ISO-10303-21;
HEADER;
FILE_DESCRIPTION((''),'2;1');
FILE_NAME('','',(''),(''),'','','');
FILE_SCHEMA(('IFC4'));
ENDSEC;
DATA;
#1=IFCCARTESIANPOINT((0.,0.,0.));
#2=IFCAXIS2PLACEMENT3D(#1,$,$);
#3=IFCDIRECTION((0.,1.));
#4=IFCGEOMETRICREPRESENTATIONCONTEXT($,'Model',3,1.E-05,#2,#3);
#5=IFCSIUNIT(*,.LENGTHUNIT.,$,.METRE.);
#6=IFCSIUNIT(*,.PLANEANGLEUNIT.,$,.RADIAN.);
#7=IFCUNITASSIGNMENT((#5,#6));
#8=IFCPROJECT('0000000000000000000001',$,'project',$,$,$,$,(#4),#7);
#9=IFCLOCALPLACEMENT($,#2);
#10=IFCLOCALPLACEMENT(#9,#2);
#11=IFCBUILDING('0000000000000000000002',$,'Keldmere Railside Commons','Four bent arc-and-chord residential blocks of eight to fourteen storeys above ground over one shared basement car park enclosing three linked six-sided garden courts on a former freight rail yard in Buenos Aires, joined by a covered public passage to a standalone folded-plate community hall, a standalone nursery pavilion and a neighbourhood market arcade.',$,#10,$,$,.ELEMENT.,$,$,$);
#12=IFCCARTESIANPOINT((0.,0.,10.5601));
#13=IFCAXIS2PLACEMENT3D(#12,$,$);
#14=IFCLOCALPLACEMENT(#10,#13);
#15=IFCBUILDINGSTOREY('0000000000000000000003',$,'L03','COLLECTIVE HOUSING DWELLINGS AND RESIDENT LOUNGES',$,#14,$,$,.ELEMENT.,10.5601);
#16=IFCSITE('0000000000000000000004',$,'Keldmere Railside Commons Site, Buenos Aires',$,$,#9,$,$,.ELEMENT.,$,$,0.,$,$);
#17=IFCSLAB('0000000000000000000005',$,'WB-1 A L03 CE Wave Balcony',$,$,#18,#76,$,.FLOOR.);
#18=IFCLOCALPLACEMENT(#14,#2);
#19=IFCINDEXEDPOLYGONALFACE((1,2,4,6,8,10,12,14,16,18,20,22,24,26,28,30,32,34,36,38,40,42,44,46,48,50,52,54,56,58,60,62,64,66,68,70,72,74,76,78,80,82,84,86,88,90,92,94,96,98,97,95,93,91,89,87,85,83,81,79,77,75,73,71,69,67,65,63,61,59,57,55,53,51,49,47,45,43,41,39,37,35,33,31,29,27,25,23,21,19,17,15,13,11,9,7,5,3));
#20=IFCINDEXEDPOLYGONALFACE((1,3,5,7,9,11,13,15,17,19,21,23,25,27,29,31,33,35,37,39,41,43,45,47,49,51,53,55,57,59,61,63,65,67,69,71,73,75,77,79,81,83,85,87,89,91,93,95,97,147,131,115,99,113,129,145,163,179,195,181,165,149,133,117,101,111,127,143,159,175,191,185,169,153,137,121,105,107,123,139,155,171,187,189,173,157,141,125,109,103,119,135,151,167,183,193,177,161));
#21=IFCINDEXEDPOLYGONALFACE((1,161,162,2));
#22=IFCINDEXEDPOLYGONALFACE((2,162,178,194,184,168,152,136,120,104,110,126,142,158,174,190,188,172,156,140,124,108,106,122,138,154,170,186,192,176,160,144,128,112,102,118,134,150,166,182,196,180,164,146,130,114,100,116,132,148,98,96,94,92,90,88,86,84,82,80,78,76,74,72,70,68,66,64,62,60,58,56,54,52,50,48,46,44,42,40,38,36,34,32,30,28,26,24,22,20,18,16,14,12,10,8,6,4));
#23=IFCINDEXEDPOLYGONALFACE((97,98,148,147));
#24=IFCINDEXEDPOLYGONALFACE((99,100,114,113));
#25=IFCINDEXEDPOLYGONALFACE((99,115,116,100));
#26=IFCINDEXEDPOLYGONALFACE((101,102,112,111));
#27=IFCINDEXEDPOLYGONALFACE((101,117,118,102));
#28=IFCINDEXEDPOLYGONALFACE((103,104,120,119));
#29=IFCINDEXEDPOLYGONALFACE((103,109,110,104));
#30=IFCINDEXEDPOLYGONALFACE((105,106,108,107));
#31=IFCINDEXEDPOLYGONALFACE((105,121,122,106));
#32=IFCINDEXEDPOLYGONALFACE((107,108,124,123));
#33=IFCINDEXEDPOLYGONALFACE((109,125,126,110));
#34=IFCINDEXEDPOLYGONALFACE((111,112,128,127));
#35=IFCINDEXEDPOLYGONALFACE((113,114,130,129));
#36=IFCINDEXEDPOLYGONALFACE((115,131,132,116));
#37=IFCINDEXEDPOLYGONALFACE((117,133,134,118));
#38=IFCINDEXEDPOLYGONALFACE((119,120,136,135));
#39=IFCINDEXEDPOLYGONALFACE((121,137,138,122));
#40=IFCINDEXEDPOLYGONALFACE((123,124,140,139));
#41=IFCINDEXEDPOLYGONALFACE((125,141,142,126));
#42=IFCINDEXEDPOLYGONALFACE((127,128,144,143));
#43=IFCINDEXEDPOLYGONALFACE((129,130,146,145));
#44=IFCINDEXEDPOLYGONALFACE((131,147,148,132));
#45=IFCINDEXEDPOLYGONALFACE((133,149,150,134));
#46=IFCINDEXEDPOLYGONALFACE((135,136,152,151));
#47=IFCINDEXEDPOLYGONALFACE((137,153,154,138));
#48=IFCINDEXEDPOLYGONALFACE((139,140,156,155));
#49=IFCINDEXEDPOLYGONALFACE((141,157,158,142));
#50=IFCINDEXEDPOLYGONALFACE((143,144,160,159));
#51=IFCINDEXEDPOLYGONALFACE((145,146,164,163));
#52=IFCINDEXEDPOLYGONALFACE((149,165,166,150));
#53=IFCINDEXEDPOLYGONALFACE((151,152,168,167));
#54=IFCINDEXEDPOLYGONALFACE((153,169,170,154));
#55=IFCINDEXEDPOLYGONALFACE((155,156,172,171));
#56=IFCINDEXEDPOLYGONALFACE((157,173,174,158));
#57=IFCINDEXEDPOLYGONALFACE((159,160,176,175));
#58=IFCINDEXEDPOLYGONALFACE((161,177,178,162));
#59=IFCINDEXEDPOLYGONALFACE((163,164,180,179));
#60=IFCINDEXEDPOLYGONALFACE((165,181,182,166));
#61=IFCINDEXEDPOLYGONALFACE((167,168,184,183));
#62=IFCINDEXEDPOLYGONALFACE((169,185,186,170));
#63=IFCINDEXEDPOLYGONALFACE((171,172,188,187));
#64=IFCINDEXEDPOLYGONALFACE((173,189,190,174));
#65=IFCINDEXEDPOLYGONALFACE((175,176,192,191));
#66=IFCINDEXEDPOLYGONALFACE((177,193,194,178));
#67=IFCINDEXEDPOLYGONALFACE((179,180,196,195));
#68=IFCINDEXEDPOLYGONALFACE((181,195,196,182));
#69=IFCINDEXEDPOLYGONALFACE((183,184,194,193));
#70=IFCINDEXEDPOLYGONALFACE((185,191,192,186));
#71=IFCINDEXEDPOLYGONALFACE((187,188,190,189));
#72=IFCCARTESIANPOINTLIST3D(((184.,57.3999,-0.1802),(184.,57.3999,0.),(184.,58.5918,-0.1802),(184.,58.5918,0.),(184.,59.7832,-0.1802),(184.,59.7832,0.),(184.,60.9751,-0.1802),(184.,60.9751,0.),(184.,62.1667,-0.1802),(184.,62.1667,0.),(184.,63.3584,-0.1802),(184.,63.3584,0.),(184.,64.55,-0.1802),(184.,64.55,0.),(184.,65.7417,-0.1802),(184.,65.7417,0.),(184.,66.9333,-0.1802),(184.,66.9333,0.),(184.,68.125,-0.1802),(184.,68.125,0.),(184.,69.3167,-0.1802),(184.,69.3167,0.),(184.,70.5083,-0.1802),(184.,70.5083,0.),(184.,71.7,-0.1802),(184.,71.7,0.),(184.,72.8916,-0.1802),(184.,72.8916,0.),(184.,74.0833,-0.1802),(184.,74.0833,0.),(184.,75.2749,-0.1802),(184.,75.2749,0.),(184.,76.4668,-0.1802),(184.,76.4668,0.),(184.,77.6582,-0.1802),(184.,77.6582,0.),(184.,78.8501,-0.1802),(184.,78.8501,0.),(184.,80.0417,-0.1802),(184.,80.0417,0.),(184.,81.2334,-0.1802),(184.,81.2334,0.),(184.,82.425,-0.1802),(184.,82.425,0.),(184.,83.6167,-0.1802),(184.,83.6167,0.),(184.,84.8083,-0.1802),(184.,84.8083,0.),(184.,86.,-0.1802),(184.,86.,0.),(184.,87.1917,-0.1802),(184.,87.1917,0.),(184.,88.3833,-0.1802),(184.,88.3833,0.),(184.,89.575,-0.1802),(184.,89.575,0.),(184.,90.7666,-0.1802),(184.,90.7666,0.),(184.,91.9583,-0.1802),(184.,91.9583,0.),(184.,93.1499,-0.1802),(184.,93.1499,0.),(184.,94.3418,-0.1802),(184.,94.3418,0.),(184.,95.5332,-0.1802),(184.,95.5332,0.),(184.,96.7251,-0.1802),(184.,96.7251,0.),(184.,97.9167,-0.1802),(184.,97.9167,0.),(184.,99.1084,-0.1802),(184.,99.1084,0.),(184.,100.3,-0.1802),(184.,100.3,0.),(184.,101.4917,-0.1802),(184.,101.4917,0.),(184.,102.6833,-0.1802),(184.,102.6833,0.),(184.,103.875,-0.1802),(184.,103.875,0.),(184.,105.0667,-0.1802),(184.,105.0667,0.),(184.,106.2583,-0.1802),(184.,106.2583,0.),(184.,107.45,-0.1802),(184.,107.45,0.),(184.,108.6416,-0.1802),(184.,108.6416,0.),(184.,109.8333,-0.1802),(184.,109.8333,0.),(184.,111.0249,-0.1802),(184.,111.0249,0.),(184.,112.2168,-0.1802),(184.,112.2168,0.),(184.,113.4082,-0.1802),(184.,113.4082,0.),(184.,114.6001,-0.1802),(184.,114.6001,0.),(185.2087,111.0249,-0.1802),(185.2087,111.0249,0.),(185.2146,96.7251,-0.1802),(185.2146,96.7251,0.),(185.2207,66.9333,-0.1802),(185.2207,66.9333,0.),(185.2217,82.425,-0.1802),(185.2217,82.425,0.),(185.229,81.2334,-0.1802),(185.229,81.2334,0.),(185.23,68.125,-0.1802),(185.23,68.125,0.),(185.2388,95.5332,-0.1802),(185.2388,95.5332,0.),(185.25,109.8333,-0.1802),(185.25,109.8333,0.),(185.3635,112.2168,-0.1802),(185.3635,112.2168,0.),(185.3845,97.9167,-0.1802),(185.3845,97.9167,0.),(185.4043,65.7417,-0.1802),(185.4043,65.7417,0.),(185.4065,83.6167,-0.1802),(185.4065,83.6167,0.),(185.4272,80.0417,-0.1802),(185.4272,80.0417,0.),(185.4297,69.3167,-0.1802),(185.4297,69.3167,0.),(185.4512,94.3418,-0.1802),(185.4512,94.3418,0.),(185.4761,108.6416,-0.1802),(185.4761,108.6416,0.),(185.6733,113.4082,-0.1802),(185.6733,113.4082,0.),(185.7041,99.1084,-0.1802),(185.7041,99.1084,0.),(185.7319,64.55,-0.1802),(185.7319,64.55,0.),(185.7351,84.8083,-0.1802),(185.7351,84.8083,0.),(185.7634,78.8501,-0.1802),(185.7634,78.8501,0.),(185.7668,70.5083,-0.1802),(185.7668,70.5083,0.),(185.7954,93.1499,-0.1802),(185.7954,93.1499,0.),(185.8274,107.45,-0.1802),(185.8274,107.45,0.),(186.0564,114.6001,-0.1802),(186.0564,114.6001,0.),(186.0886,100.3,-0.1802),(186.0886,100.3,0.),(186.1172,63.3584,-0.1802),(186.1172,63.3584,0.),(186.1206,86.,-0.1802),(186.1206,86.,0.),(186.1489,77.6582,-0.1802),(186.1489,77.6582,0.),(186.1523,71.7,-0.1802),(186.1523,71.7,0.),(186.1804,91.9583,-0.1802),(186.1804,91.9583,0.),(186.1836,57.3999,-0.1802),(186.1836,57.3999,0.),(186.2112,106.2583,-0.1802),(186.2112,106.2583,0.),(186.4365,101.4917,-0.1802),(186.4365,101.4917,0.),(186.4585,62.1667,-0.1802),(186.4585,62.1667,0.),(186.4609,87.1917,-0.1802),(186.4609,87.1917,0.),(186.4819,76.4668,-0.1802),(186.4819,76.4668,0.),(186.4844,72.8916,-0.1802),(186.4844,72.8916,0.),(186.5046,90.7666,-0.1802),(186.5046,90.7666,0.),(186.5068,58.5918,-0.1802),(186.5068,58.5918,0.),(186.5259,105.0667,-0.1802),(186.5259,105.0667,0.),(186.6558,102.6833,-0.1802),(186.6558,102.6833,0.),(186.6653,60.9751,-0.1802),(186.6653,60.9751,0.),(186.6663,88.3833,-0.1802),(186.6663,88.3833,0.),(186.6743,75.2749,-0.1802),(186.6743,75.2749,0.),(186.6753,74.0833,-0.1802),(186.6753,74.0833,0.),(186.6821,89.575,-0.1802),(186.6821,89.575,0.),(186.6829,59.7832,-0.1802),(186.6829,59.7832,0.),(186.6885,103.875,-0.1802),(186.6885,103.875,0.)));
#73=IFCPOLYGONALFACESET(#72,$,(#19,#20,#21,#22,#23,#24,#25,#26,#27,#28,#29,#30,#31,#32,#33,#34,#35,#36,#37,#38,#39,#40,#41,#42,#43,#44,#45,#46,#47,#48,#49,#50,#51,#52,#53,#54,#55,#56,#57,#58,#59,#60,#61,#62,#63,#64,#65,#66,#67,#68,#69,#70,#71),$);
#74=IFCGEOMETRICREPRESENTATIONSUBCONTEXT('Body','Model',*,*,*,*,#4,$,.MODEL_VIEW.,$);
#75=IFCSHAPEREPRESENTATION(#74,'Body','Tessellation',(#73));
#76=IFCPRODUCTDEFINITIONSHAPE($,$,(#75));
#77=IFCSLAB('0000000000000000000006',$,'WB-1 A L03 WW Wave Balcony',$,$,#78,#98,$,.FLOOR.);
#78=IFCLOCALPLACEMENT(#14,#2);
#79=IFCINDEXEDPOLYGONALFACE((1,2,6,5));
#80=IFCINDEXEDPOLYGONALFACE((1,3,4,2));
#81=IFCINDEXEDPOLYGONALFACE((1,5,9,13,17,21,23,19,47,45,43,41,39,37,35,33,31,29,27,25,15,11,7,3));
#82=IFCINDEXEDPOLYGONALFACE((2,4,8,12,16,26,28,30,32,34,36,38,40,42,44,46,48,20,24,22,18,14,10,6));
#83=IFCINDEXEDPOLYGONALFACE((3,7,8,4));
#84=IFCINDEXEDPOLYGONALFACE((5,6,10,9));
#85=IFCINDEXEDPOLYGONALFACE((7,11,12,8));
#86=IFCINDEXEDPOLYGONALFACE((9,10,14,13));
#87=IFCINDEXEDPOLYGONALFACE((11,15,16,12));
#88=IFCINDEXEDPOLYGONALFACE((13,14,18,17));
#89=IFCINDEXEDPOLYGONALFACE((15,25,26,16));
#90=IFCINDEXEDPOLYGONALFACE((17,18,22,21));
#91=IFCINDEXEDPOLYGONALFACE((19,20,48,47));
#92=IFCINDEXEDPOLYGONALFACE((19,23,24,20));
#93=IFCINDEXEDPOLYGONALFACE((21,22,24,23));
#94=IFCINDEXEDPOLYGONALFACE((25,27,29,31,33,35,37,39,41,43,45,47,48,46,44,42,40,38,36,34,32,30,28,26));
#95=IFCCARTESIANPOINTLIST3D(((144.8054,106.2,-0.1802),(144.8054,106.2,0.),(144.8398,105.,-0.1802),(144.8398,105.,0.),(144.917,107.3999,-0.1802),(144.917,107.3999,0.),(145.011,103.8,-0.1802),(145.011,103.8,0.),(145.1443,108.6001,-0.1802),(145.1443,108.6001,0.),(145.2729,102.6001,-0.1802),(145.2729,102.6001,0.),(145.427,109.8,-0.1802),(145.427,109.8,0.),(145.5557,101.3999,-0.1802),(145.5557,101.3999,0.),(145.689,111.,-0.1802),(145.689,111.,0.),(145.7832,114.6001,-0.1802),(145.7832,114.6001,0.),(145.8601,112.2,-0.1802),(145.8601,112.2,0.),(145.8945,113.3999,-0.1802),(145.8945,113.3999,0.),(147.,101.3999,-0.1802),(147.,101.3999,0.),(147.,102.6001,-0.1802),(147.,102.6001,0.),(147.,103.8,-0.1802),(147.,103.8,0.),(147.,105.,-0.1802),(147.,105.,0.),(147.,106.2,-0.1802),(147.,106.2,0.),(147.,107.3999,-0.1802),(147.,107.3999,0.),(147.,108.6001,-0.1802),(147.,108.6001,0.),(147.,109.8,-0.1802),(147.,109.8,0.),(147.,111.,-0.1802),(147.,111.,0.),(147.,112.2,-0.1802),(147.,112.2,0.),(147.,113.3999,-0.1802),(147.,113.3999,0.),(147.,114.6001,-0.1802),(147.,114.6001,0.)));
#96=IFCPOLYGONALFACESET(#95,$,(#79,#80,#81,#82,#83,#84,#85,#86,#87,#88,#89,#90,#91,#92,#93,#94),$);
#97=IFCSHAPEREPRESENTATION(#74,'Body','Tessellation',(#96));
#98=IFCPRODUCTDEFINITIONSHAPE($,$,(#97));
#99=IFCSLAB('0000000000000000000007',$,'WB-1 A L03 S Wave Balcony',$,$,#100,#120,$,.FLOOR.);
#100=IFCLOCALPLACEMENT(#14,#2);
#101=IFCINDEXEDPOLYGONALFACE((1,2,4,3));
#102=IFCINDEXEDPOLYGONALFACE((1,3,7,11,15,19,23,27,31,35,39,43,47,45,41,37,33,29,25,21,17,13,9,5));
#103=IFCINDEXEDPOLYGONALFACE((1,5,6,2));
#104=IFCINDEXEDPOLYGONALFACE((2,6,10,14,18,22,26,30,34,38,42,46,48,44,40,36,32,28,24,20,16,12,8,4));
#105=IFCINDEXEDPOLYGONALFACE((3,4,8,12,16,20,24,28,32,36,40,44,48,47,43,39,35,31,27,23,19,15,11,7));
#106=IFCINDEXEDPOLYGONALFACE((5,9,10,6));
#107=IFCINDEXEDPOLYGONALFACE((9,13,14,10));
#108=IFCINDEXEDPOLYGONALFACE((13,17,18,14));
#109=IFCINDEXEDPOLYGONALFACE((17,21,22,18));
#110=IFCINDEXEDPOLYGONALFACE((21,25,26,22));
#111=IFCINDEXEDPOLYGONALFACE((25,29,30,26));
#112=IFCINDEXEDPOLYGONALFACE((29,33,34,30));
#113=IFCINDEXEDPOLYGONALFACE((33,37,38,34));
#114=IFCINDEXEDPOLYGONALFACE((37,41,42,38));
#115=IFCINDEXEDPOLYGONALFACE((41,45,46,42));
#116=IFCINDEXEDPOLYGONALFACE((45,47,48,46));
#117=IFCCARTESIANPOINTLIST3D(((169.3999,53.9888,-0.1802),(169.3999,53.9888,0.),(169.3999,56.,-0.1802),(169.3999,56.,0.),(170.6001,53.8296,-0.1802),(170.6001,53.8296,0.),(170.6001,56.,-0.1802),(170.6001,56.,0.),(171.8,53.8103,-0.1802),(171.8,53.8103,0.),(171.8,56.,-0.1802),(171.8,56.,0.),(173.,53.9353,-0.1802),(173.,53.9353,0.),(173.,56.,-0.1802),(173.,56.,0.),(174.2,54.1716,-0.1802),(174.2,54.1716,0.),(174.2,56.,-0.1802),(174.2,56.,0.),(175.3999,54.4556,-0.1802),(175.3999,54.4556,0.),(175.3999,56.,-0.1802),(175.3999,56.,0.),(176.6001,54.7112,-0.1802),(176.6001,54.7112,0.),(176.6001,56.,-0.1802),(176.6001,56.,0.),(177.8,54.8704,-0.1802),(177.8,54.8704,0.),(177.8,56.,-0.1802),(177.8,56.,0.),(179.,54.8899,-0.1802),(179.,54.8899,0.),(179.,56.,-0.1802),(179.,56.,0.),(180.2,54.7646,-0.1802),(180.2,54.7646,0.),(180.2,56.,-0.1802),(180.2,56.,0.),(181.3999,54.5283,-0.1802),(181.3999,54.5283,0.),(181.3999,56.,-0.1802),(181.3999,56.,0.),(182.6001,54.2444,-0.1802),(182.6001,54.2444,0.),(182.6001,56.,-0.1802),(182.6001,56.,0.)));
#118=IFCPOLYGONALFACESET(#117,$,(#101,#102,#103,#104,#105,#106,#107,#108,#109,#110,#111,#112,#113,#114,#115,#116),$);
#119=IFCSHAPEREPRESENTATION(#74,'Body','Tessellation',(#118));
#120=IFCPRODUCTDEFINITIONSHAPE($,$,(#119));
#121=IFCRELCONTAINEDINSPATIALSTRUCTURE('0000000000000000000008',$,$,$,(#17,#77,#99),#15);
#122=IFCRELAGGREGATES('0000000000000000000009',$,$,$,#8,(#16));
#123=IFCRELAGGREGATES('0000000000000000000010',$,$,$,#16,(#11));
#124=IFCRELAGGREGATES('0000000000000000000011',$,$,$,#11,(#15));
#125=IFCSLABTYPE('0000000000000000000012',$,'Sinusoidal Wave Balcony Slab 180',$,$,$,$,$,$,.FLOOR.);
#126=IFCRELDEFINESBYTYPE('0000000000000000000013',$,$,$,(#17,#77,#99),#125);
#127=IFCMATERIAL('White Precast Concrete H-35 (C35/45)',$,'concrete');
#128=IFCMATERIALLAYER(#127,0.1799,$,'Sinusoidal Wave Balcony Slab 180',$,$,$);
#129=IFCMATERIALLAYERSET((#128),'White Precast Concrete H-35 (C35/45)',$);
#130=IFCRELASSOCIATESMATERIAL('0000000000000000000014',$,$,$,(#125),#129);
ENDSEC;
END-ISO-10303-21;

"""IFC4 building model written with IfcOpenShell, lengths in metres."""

from ifc_helpers import new_model, si_unit, direction, frame, origin, place, context, subcontext, project, spatial, polyline, outline, extrude, material, layer, layer_set, type_object, element, save


model = new_model("IFC4")

# Units and contexts
model_context = context("Model", 3, precision=1e-05, world=origin(), true_north=direction((0.0, 1.0)))
body_context = subcontext(model_context, "Body", "Model", "MODEL_VIEW")
ifc_project = project(units=[si_unit("LENGTHUNIT", "METRE"), si_unit("PLANEANGLEUNIT", "RADIAN")], contexts=[model_context])

# Site, building, storey
site_placement = place(None, origin())
site = spatial("IfcSite", under=ifc_project, at=site_placement, Name="Keldmere Railside Commons Site, Buenos Aires", CompositionType="ELEMENT", RefElevation=0.0)
building_placement = place(site_placement, origin())
building = spatial("IfcBuilding", under=site, at=building_placement, Name="Keldmere Railside Commons", Description="Four bent arc-and-chord residential blocks of eight to fourteen storeys above ground over one shared basement car park enclosing three linked six-sided garden courts on a former freight rail yard in Buenos Aires, joined by a covered public passage to a standalone folded-plate community hall, a standalone nursery pavilion and a neighbourhood market arcade.", CompositionType="ELEMENT")
storey_placement = place(building_placement, frame((0.0, 0.0, 10.5601)))
storey = spatial("IfcBuildingStorey", under=building, at=storey_placement, Name="L03", Description="COLLECTIVE HOUSING DWELLINGS AND RESIDENT LOUNGES", CompositionType="ELEMENT", Elevation=10.5601)

# Slabs
ifc_material_1 = material(Name="White Precast Concrete H-35 (C35/45)", Category="concrete")
ifc_layer_1 = layer(ifc_material_1, 0.1799, Name="Sinusoidal Wave Balcony Slab 180")
ifc_layer_set_1 = layer_set([ifc_layer_1], Name="White Precast Concrete H-35 (C35/45)")
slab_type = type_object("IfcSlabType", Name="Sinusoidal Wave Balcony Slab 180", PredefinedType="FLOOR", material=ifc_layer_set_1)
slab_1_placement = place(storey_placement, frame((0.0, 0.0, -0.1802)))
element("IfcSlab", 1, at=slab_1_placement, inside=storey, type_object=slab_type, Name="WB-1 A L03 CE Wave Balcony", PredefinedType="FLOOR", context=body_context, shape_type="SweptSolid", body=[
    extrude(outline(polyline([(186.1836, 57.3999), (186.5068, 58.5918), (186.6829, 59.7832), (186.6653, 60.9751), (186.4585, 62.1667), (186.1172, 63.3584), (185.7319, 64.55), (185.4043, 65.7417), (185.2207, 66.9333), (185.23, 68.125), (185.4297, 69.3167), (185.7668, 70.5083), (186.1523, 71.7), (186.4844, 72.8916), (186.6753, 74.0833), (186.6743, 75.2749), (186.4819, 76.4668), (186.1489, 77.6582), (185.7634, 78.8501), (185.4272, 80.0417), (185.229, 81.2334), (185.2217, 82.425), (185.4065, 83.6167), (185.7351, 84.8083), (186.1206, 86.0), (186.4609, 87.1917), (186.6663, 88.3833), (186.6821, 89.575), (186.5046, 90.7666), (186.1804, 91.9583), (185.7954, 93.1499), (185.4512, 94.3418), (185.2388, 95.5332), (185.2146, 96.7251), (185.3845, 97.9167), (185.7041, 99.1084), (186.0886, 100.3), (186.4365, 101.4917), (186.6558, 102.6833), (186.6885, 103.875), (186.5259, 105.0667), (186.2112, 106.2583), (185.8274, 107.45), (185.4761, 108.6416), (185.25, 109.8333), (185.2087, 111.0249), (185.3635, 112.2168), (185.6733, 113.4082), (186.0564, 114.6001), (184.0, 114.6001), (184.0, 113.4082), (184.0, 112.2168), (184.0, 111.0249), (184.0, 109.8333), (184.0, 108.6416), (184.0, 107.45), (184.0, 106.2583), (184.0, 105.0667), (184.0, 103.875), (184.0, 102.6833), (184.0, 101.4917), (184.0, 100.3), (184.0, 99.1084), (184.0, 97.9167), (184.0, 96.7251), (184.0, 95.5332), (184.0, 94.3418), (184.0, 93.1499), (184.0, 91.9583), (184.0, 90.7666), (184.0, 89.575), (184.0, 88.3833), (184.0, 87.1917), (184.0, 86.0), (184.0, 84.8083), (184.0, 83.6167), (184.0, 82.425), (184.0, 81.2334), (184.0, 80.0417), (184.0, 78.8501), (184.0, 77.6582), (184.0, 76.4668), (184.0, 75.2749), (184.0, 74.0833), (184.0, 72.8916), (184.0, 71.7), (184.0, 70.5083), (184.0, 69.3167), (184.0, 68.125), (184.0, 66.9333), (184.0, 65.7417), (184.0, 64.55), (184.0, 63.3584), (184.0, 62.1667), (184.0, 60.9751), (184.0, 59.7832), (184.0, 58.5918), (184.0, 57.3999), (186.1836, 57.3999)])), origin(), (0.0, 0.0, 1.0), 0.1802),
])
slab_2_placement = place(storey_placement, frame((0.0, 0.0, -0.1802)))
element("IfcSlab", 2, at=slab_2_placement, inside=storey, type_object=slab_type, Name="WB-1 A L03 WW Wave Balcony", PredefinedType="FLOOR", context=body_context, shape_type="SweptSolid", body=[
    extrude(outline(polyline([(147.0, 101.3999), (147.0, 102.6001), (147.0, 103.8), (147.0, 105.0), (147.0, 106.2), (147.0, 107.3999), (147.0, 108.6001), (147.0, 109.8), (147.0, 111.0), (147.0, 112.2), (147.0, 113.3999), (147.0, 114.6001), (145.7832, 114.6001), (145.8945, 113.3999), (145.8601, 112.2), (145.689, 111.0), (145.427, 109.8), (145.1443, 108.6001), (144.917, 107.3999), (144.8054, 106.2), (144.8398, 105.0), (145.011, 103.8), (145.2729, 102.6001), (145.5557, 101.3999), (147.0, 101.3999)])), origin(), (0.0, 0.0, 1.0), 0.1802),
])
slab_3_placement = place(storey_placement, frame((0.0, 0.0, -0.1802)))
element("IfcSlab", 3, at=slab_3_placement, inside=storey, type_object=slab_type, Name="WB-1 A L03 S Wave Balcony", PredefinedType="FLOOR", context=body_context, shape_type="SweptSolid", body=[
    extrude(outline(polyline([(169.3999, 53.9888), (170.6001, 53.8296), (171.8, 53.8103), (173.0, 53.9353), (174.2, 54.1716), (175.3999, 54.4556), (176.6001, 54.7112), (177.8, 54.8704), (179.0, 54.8899), (180.2, 54.7646), (181.3999, 54.5283), (182.6001, 54.2444), (182.6001, 56.0), (181.3999, 56.0), (180.2, 56.0), (179.0, 56.0), (177.8, 56.0), (176.6001, 56.0), (175.3999, 56.0), (174.2, 56.0), (173.0, 56.0), (171.8, 56.0), (170.6001, 56.0), (169.3999, 56.0), (169.3999, 53.9888)])), origin(), (0.0, 0.0, 1.0), 0.1802),
])

save(model, "model.ifc")
